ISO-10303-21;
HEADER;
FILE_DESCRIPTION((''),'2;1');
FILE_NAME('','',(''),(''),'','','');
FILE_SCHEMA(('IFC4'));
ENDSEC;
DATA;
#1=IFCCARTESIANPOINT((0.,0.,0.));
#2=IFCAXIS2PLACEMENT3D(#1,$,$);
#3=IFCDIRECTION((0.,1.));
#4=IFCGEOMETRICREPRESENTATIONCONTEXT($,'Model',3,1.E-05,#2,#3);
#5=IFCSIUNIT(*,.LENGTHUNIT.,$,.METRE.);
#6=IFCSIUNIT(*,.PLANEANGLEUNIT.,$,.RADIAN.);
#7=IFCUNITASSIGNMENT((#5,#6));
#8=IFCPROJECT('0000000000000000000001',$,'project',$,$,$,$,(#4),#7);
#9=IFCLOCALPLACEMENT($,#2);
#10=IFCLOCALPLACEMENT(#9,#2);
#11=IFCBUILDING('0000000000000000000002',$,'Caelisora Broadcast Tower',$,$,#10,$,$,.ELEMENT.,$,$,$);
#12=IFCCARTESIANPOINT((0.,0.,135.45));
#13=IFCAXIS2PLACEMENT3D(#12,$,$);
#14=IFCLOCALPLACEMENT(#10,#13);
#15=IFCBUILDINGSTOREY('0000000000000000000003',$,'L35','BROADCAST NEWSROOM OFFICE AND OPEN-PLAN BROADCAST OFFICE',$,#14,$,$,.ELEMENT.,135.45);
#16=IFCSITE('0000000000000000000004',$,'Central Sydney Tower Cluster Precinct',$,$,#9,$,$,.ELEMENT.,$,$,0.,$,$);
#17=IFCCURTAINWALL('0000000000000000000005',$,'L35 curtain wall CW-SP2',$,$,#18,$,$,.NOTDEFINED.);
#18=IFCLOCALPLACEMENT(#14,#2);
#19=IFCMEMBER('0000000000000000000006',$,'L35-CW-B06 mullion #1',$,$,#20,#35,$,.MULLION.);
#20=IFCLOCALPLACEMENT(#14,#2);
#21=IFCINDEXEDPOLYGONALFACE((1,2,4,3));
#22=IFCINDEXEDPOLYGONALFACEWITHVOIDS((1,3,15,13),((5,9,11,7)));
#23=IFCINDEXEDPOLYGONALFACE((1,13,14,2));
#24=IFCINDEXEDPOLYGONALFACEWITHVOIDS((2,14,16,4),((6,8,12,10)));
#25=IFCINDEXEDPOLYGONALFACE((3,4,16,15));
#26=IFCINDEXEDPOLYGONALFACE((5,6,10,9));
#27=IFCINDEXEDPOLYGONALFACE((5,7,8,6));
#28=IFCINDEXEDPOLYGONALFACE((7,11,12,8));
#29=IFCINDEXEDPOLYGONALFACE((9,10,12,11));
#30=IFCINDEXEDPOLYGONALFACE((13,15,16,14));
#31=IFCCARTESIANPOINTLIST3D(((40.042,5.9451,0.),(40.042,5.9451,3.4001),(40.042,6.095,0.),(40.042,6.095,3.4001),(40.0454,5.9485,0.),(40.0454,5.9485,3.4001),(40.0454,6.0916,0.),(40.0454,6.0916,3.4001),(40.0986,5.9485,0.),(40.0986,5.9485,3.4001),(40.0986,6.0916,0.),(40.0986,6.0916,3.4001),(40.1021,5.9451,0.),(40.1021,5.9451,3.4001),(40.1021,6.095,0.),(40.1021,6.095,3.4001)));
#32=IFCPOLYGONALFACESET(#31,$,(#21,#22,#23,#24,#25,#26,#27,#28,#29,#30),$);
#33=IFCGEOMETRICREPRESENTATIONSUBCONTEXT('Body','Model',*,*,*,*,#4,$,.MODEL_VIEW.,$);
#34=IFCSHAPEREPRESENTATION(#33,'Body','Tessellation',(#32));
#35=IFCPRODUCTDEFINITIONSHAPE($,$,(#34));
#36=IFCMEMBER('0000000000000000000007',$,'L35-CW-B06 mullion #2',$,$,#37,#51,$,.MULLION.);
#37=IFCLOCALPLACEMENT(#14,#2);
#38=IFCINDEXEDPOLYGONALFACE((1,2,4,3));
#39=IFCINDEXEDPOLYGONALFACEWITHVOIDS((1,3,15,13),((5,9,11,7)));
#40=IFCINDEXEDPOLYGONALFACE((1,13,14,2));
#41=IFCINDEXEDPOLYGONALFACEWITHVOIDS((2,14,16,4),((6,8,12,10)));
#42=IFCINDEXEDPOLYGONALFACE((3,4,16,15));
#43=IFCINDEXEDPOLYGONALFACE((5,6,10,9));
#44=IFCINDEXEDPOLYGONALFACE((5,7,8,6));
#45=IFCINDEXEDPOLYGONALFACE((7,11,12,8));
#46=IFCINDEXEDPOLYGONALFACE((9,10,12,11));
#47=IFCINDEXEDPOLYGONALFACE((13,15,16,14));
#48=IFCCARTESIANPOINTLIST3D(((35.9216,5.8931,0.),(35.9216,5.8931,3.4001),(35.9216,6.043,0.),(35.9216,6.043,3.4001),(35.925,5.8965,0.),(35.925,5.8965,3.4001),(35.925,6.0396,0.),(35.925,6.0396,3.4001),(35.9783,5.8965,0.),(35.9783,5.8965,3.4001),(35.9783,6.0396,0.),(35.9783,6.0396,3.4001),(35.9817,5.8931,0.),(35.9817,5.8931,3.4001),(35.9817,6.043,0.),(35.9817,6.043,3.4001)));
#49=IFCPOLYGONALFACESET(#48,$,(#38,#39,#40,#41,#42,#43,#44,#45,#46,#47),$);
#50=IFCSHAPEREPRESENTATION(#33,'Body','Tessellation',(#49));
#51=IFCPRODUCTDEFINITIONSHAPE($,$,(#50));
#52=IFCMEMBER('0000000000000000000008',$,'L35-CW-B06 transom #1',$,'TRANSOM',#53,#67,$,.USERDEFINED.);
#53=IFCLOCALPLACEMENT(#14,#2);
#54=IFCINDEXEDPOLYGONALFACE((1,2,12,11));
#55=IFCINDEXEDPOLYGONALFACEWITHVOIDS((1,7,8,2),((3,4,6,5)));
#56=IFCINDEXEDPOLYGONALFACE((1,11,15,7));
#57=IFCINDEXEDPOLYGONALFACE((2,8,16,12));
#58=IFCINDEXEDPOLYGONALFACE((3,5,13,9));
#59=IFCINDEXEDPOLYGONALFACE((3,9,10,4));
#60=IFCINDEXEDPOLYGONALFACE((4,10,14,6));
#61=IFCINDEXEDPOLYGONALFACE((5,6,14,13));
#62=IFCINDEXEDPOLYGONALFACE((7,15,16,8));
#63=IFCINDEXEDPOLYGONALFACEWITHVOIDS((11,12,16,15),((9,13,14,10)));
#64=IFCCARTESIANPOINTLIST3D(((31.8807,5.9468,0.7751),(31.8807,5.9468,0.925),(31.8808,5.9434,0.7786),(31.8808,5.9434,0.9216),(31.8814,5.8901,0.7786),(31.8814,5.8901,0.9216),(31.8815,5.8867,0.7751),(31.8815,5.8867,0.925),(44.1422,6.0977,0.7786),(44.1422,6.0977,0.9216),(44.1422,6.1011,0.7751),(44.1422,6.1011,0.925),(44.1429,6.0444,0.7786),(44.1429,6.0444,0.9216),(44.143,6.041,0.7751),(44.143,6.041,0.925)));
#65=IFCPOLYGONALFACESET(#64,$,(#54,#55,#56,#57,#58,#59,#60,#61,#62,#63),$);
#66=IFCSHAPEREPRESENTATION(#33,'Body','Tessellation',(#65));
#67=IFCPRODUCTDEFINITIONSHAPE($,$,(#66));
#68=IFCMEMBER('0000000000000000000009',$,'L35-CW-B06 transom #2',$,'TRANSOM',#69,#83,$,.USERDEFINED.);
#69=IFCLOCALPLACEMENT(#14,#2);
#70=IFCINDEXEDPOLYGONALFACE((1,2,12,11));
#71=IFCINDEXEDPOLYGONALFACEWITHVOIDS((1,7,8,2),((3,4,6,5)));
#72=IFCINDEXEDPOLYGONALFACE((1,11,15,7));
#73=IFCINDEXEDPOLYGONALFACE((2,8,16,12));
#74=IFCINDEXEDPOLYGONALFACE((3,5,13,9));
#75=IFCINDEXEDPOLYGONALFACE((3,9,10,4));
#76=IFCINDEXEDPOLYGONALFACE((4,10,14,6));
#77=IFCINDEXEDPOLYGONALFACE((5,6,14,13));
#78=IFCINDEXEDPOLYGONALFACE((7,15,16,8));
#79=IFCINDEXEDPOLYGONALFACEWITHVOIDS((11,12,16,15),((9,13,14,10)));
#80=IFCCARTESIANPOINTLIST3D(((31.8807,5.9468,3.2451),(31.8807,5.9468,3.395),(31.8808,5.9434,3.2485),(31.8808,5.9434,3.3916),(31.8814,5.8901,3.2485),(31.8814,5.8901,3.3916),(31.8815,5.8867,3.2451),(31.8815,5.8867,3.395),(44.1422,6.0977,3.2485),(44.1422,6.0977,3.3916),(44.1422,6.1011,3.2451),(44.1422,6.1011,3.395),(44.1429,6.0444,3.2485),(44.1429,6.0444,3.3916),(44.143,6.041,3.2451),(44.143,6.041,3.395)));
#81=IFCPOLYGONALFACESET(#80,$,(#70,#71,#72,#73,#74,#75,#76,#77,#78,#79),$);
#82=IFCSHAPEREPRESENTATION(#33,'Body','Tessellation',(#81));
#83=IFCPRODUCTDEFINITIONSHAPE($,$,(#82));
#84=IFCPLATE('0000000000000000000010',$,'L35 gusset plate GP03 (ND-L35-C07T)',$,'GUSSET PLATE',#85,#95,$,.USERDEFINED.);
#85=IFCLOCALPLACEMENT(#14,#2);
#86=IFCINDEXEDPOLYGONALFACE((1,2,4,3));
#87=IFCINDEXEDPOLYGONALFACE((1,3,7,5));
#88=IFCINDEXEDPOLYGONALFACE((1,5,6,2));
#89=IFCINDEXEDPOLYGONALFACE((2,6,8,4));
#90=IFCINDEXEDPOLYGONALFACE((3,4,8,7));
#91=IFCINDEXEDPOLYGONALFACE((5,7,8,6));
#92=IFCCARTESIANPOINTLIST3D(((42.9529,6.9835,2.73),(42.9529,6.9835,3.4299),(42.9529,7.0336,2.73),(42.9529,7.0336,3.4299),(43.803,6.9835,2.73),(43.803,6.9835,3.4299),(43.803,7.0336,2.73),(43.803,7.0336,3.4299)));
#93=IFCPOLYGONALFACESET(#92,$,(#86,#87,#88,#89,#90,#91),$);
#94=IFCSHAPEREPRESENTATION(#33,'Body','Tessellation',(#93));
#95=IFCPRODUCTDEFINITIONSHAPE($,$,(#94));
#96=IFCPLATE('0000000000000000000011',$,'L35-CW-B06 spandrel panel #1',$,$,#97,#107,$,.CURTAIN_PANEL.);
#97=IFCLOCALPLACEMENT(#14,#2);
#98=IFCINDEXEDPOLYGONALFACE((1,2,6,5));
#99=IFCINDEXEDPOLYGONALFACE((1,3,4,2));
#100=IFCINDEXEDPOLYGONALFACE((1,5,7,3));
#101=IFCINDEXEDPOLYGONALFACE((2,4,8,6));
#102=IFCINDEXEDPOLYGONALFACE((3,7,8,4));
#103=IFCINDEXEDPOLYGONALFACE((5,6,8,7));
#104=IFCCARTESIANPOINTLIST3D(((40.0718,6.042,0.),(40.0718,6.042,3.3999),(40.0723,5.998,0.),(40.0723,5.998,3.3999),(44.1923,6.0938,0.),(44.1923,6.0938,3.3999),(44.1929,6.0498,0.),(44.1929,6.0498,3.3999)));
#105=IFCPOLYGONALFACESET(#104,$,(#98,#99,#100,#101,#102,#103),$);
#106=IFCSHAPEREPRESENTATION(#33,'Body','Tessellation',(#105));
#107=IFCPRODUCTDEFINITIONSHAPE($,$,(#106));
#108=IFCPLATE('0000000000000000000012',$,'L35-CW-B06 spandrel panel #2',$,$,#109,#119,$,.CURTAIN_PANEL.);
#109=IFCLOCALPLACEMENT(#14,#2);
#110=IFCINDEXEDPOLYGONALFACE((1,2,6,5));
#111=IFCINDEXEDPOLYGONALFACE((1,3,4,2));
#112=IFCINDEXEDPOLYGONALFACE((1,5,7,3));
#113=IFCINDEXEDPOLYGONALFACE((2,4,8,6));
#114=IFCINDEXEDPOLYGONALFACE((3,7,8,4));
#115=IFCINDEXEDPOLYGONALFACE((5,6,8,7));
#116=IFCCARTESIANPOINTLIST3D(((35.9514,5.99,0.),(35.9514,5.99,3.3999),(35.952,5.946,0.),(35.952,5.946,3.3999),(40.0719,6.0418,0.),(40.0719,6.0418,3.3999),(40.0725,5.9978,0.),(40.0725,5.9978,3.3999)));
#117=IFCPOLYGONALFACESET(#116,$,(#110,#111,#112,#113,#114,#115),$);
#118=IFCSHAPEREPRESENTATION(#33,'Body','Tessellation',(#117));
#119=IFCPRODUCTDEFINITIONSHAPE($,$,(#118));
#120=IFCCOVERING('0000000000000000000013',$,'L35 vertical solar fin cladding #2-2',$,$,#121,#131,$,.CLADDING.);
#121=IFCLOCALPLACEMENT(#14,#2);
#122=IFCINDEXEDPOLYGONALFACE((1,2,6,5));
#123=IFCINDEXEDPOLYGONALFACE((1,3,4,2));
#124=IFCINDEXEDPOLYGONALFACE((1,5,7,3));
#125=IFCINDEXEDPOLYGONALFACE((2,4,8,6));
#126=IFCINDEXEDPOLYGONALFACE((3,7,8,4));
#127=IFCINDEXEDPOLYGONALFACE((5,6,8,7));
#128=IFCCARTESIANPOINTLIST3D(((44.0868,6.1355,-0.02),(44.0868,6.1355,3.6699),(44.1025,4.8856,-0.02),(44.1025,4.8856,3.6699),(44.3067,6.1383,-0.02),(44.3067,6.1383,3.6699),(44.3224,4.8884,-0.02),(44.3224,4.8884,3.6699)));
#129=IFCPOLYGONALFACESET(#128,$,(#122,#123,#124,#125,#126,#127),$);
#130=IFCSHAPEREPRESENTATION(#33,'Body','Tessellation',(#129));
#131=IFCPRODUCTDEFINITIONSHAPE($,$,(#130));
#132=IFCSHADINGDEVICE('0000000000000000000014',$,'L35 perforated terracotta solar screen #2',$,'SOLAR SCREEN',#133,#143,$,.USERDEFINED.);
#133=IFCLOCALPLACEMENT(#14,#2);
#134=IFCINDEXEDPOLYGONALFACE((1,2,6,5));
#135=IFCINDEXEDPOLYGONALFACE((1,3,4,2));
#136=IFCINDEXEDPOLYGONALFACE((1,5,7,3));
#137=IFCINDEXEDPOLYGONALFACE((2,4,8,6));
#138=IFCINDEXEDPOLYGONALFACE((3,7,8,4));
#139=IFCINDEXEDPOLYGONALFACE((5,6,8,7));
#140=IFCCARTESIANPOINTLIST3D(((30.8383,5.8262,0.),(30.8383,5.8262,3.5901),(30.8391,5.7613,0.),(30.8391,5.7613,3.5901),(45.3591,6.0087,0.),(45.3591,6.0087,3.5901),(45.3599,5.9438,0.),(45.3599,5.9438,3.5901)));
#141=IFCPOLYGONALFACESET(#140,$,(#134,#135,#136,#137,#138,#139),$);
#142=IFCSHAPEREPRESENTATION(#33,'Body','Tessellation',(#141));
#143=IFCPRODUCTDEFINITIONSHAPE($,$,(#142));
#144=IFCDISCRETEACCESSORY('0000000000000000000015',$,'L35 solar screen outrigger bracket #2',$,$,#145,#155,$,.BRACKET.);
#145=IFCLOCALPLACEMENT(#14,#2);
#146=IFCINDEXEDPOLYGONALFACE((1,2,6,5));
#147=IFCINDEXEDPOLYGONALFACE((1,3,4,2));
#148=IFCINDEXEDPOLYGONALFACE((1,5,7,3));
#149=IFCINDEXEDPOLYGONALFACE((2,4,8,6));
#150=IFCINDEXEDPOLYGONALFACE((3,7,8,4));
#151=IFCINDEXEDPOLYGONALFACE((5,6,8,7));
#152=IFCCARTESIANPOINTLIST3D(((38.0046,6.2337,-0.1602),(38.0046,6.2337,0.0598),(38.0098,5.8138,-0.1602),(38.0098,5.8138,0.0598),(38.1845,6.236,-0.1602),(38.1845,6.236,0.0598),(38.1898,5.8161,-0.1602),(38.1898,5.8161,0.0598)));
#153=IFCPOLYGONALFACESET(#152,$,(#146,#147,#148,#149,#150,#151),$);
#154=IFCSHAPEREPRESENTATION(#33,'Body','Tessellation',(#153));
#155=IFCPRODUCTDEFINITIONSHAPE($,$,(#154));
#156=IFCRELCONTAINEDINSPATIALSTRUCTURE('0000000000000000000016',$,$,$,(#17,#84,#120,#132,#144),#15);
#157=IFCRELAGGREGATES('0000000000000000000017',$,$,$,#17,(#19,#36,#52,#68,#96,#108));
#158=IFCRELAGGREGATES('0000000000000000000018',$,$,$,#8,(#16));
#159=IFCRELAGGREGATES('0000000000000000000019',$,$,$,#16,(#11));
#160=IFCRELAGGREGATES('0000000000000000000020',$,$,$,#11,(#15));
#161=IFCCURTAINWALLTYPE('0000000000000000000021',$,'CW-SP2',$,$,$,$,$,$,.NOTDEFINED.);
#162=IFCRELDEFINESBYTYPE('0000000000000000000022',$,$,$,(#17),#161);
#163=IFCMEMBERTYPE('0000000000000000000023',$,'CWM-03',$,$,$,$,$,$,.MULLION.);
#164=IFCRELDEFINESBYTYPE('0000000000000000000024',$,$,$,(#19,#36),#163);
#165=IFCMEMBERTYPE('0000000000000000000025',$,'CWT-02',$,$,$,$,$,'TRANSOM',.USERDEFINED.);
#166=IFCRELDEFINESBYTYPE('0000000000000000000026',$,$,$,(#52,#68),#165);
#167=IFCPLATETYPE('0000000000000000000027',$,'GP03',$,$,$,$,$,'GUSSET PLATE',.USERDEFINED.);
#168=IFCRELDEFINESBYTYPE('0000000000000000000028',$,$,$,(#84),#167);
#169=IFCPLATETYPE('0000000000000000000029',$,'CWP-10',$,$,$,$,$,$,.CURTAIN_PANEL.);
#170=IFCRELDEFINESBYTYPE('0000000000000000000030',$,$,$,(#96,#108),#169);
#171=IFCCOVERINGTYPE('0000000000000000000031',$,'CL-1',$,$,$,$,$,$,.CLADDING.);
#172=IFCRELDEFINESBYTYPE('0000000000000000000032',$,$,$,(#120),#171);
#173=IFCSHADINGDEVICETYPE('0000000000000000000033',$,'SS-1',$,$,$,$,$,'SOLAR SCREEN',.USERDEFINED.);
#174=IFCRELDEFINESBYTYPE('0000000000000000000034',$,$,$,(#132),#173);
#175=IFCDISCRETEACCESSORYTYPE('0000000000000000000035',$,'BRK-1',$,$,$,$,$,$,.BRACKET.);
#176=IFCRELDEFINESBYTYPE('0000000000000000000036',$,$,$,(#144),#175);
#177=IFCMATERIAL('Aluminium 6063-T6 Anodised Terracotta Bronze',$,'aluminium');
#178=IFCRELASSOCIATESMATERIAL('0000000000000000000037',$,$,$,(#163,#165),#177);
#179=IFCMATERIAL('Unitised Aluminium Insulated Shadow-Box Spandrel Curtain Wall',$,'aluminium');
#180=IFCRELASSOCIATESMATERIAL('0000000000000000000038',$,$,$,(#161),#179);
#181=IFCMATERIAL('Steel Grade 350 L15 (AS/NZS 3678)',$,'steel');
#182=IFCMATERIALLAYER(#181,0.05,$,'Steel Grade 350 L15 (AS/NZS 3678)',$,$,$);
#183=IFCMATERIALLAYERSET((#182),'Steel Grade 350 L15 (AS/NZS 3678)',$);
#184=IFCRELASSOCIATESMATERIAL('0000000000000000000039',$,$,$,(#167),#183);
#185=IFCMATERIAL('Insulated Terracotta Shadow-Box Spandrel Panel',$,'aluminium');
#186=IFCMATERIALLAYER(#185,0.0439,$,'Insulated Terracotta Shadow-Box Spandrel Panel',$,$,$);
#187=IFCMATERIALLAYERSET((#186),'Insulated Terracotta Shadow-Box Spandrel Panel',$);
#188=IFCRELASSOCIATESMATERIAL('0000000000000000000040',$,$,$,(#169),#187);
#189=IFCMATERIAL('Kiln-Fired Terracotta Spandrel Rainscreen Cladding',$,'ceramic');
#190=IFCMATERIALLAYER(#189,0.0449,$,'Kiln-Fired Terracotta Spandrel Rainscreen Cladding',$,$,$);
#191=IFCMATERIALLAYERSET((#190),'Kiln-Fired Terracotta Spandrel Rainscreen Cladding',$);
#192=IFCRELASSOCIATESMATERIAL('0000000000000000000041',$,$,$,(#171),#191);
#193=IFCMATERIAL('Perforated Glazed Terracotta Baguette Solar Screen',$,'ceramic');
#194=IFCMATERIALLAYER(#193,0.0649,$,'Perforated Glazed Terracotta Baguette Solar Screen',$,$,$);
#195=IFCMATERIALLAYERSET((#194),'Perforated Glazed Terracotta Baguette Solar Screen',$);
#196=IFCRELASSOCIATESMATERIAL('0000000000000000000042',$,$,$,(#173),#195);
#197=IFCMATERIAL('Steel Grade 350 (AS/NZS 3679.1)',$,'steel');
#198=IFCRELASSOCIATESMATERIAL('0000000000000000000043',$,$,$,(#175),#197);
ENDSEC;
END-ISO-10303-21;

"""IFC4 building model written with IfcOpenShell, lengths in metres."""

from ifc_helpers import new_model, si_unit, direction, frame, origin, origin_2d, place, context, subcontext, project, spatial, rectangle, hollow_rectangle, extrude, source, transform, mapped, material, layer, layer_set, material_profile, profile_set, type_object, type_shapes, element, aggregate, save


model = new_model("IFC4")

# Units and contexts
model_context = context("Model", 3, precision=1e-05, world=origin(), true_north=direction((0.0, 1.0)))
body_context = subcontext(model_context, "Body", "Model", "MODEL_VIEW")
ifc_project = project(units=[si_unit("LENGTHUNIT", "METRE"), si_unit("PLANEANGLEUNIT", "RADIAN")], contexts=[model_context])

# Site, building, storey
site_placement = place(None, origin())
site = spatial("IfcSite", under=ifc_project, at=site_placement, Name="Central Sydney Tower Cluster Precinct", CompositionType="ELEMENT", RefElevation=0.0)
building_placement = place(site_placement, origin())
building = spatial("IfcBuilding", under=site, at=building_placement, Name="Caelisora Broadcast Tower", CompositionType="ELEMENT")
storey_placement = place(building_placement, frame((0.0, 0.0, 135.45)))
storey = spatial("IfcBuildingStorey", under=building, at=storey_placement, Name="L35", Description="BROADCAST NEWSROOM OFFICE AND OPEN-PLAN BROADCAST OFFICE", CompositionType="ELEMENT", Elevation=135.45)

# Shared definitions
ifc_material_1 = material(Name="Steel Grade 350 L15 (AS/NZS 3678)", Category="steel")

# Shared definitions
ifc_material_2 = material(Name="Steel Grade 350 (AS/NZS 3679.1)", Category="steel")

# Shared definitions
ifc_material_3 = material(Name="Aluminium 6063-T6 Anodised Terracotta Bronze", Category="aluminium")
ifc_material_profile_1 = material_profile(ifc_material_3, hollow_rectangle(XDim=0.0601, YDim=0.1499, WallThickness=0.0034, at=origin_2d()), Name="Aluminium 6063-T6 Anodised Terracotta Bronze")
ifc_profile_set_1 = profile_set([ifc_material_profile_1], Name="Aluminium 6063-T6 Anodised Terracotta Bronze")
member_type_1 = type_object("IfcMemberType", Name="CWM-03", PredefinedType="MULLION", material=ifc_profile_set_1)
shared_shape_1 = source(origin(), body_context, "Body", "SweptSolid", [
    extrude(hollow_rectangle(XDim=0.0601, YDim=0.1499, WallThickness=0.0034, at=origin_2d()), origin(), (0.0, 0.0, 1.0), 3.4001),
])
type_shapes(member_type_1, [shared_shape_1])

# Curtain wall, members
ifc_material_4 = material(Name="Unitised Aluminium Insulated Shadow-Box Spandrel Curtain Wall", Category="aluminium")
curtain_wall_type_1 = type_object("IfcCurtainWallType", Name="CW-SP2", PredefinedType="NOTDEFINED", material=ifc_material_4)
curtain_wall_1_placement = place(storey_placement, origin())
curtain_wall_1 = element("IfcCurtainWall", 1, at=curtain_wall_1_placement, inside=storey, type_object=curtain_wall_type_1, Name="L35 curtain wall CW-SP2", PredefinedType="NOTDEFINED")
member_1_placement = place(storey_placement, frame((40.072, 6.02, 0.0), z_axis=(0.0, 0.0, 1.0), x_axis=(1.0, 0.0, 0.0)))
member_1 = element("IfcMember", 2, at=member_1_placement, type_object=member_type_1, Name="L35-CW-B06 mullion #1", PredefinedType="MULLION", context=body_context, shape_type="MappedRepresentation", body=[
    mapped(shared_shape_1, transform((0.0, 0.0, 0.0), scale=1.0)),
])
member_2_placement = place(storey_placement, frame((35.9517, 5.968, 0.0), z_axis=(0.0, 0.0, 1.0), x_axis=(1.0, 0.0, 0.0)))
member_2 = element("IfcMember", 3, at=member_2_placement, type_object=member_type_1, Name="L35-CW-B06 mullion #2", PredefinedType="MULLION", context=body_context, shape_type="MappedRepresentation", body=[
    mapped(shared_shape_1, transform((0.0, 0.0, 0.0), scale=1.0)),
])
ifc_material_profile_2 = material_profile(ifc_material_3, hollow_rectangle(XDim=0.0601, YDim=0.1499, WallThickness=0.0034, at=origin_2d()), Name="Aluminium 6063-T6 Anodised Terracotta Bronze")
ifc_profile_set_2 = profile_set([ifc_material_profile_2], Name="Aluminium 6063-T6 Anodised Terracotta Bronze")
member_type_2 = type_object("IfcMemberType", Name="CWT-02", ElementType="TRANSOM", PredefinedType="USERDEFINED", material=ifc_profile_set_2)
shared_shape_2 = source(origin(), body_context, "Body", "SweptSolid", [
    extrude(hollow_rectangle(XDim=0.0601, YDim=0.1499, WallThickness=0.0034, at=origin_2d()), origin(), (0.0, 0.0, 1.0), 12.2625),
])
type_shapes(member_type_2, [shared_shape_2])
member_3_placement = place(storey_placement, frame((44.1426, 6.071, 0.8501), z_axis=(-0.999921, -0.012583, 0.0), x_axis=(0.012583, -0.999921, 0.0)))
member_3 = element("IfcMember", 4, at=member_3_placement, type_object=member_type_2, Name="L35-CW-B06 transom #1", ObjectType="TRANSOM", PredefinedType="USERDEFINED", context=body_context, shape_type="MappedRepresentation", body=[
    mapped(shared_shape_2, transform((0.0, 0.0, 0.0), scale=1.0)),
])
member_4_placement = place(storey_placement, frame((44.1426, 6.071, 3.3201), z_axis=(-0.999921, -0.012583, 0.0), x_axis=(0.012583, -0.999921, 0.0)))
member_4 = element("IfcMember", 5, at=member_4_placement, type_object=member_type_2, Name="L35-CW-B06 transom #2", ObjectType="TRANSOM", PredefinedType="USERDEFINED", context=body_context, shape_type="MappedRepresentation", body=[
    mapped(shared_shape_2, transform((0.0, 0.0, 0.0), scale=1.0)),
])

# Plates
ifc_layer_1 = layer(ifc_material_1, 0.05, Name="Steel Grade 350 L15 (AS/NZS 3678)")
ifc_layer_set_1 = layer_set([ifc_layer_1], Name="Steel Grade 350 L15 (AS/NZS 3678)")
plate_type_1 = type_object("IfcPlateType", Name="GP03", ElementType="GUSSET PLATE", PredefinedType="USERDEFINED", material=ifc_layer_set_1)
shared_shape_3 = source(origin(), body_context, "Body", "SweptSolid", [
    extrude(rectangle(XDim=0.8501, YDim=0.05, at=origin_2d()), origin(), (0.0, 0.0, 1.0), 0.7),
])
type_shapes(plate_type_1, [shared_shape_3])
plate_1_placement = place(storey_placement, frame((43.3779, 7.0085, 2.73), z_axis=(0.0, 0.0, 1.0), x_axis=(1.0, 0.0, 0.0)))
element("IfcPlate", 6, at=plate_1_placement, inside=storey, type_object=plate_type_1, Name="L35 gusset plate GP03 (ND-L35-C07T)", ObjectType="GUSSET PLATE", PredefinedType="USERDEFINED", context=body_context, shape_type="MappedRepresentation", body=[
    mapped(shared_shape_3, transform((0.0, 0.0, 0.0), scale=1.0)),
])
ifc_material_5 = material(Name="Insulated Terracotta Shadow-Box Spandrel Panel", Category="aluminium")
ifc_layer_2 = layer(ifc_material_5, 0.0439, Name="Insulated Terracotta Shadow-Box Spandrel Panel")
ifc_layer_set_2 = layer_set([ifc_layer_2], Name="Insulated Terracotta Shadow-Box Spandrel Panel")
plate_type_2 = type_object("IfcPlateType", Name="CWP-10", PredefinedType="CURTAIN_PANEL", material=ifc_layer_set_2)
shared_shape_4 = source(origin(), body_context, "Body", "SweptSolid", [
    extrude(rectangle(XDim=4.1208, YDim=0.0439, at=origin_2d()), origin(), (0.0, 0.0, 1.0), 3.3999),
])
type_shapes(plate_type_2, [shared_shape_4])
plate_2_placement = place(storey_placement, frame((42.1323, 6.0459, 0.0), z_axis=(0.0, 0.0, 1.0), x_axis=(-0.999921, -0.012566, 0.0)))
plate_2 = element("IfcPlate", 7, at=plate_2_placement, type_object=plate_type_2, Name="L35-CW-B06 spandrel panel #1", PredefinedType="CURTAIN_PANEL", context=body_context, shape_type="MappedRepresentation", body=[
    mapped(shared_shape_4, transform((0.0, 0.0, 0.0), scale=1.0)),
])
plate_3_placement = place(storey_placement, frame((38.012, 5.9939, 0.0), z_axis=(0.0, 0.0, 1.0), x_axis=(-0.999921, -0.012566, 0.0)))
plate_3 = element("IfcPlate", 8, at=plate_3_placement, type_object=plate_type_2, Name="L35-CW-B06 spandrel panel #2", PredefinedType="CURTAIN_PANEL", context=body_context, shape_type="MappedRepresentation", body=[
    mapped(shared_shape_4, transform((0.0, 0.0, 0.0), scale=1.0)),
])
aggregate(curtain_wall_1, [member_1, member_2, member_3, member_4, plate_2, plate_3])

# Covering
ifc_material_6 = material(Name="Kiln-Fired Terracotta Spandrel Rainscreen Cladding", Category="ceramic")
ifc_layer_3 = layer(ifc_material_6, 0.0449, Name="Kiln-Fired Terracotta Spandrel Rainscreen Cladding")
ifc_layer_set_3 = layer_set([ifc_layer_3], Name="Kiln-Fired Terracotta Spandrel Rainscreen Cladding")
covering_type = type_object("IfcCoveringType", Name="CL-1", PredefinedType="CLADDING", material=ifc_layer_set_3)
shared_shape_5 = source(origin(), body_context, "Body", "SweptSolid", [
    extrude(rectangle(XDim=0.22, YDim=1.25, at=origin_2d()), origin(), (0.0, 0.0, 1.0), 3.6899),
])
type_shapes(covering_type, [shared_shape_5])
covering_placement = place(storey_placement, frame((44.2046, 5.512, -0.02), z_axis=(0.0, 0.0, 1.0), x_axis=(-0.999921, -0.012566, 0.0)))
element("IfcCovering", 9, at=covering_placement, inside=storey, type_object=covering_type, Name="L35 vertical solar fin cladding #2-2", PredefinedType="CLADDING", context=body_context, shape_type="MappedRepresentation", body=[
    mapped(shared_shape_5, transform((0.0, 0.0, 0.0), scale=1.0)),
])

# Shading device
ifc_material_7 = material(Name="Perforated Glazed Terracotta Baguette Solar Screen", Category="ceramic")
ifc_layer_4 = layer(ifc_material_7, 0.0649, Name="Perforated Glazed Terracotta Baguette Solar Screen")
ifc_layer_set_4 = layer_set([ifc_layer_4], Name="Perforated Glazed Terracotta Baguette Solar Screen")
shading_device_type = type_object("IfcShadingDeviceType", Name="SS-1", ElementType="SOLAR SCREEN", PredefinedType="USERDEFINED", material=ifc_layer_set_4)
shared_shape_6 = source(origin(), body_context, "Body", "SweptSolid", [
    extrude(rectangle(XDim=14.522, YDim=0.0649, at=origin_2d()), origin(), (0.0, 0.0, 1.0), 3.5901),
])
type_shapes(shading_device_type, [shared_shape_6])
shading_device_placement = place(storey_placement, frame((38.0991, 5.885, 0.0), z_axis=(0.0, 0.0, 1.0), x_axis=(0.999921, 0.012566, 0.0)))
element("IfcShadingDevice", 10, at=shading_device_placement, inside=storey, type_object=shading_device_type, Name="L35 perforated terracotta solar screen #2", ObjectType="SOLAR SCREEN", PredefinedType="USERDEFINED", context=body_context, shape_type="MappedRepresentation", body=[
    mapped(shared_shape_6, transform((0.0, 0.0, 0.0), scale=1.0)),
])

# Discrete accessory
discrete_accessory_type = type_object("IfcDiscreteAccessoryType", Name="BRK-1", PredefinedType="BRACKET", material=ifc_material_2)
shared_shape_7 = source(origin(), body_context, "Body", "SweptSolid", [
    extrude(rectangle(XDim=0.1799, YDim=0.4199, at=origin_2d()), origin(), (0.0, 0.0, 1.0), 0.22),
])
type_shapes(discrete_accessory_type, [shared_shape_7])
discrete_accessory_placement = place(storey_placement, frame((38.0972, 6.0249, -0.1602), z_axis=(0.0, 0.0, 1.0), x_axis=(0.999921, 0.012566, 0.0)))
element("IfcDiscreteAccessory", 11, at=discrete_accessory_placement, inside=storey, type_object=discrete_accessory_type, Name="L35 solar screen outrigger bracket #2", PredefinedType="BRACKET", context=body_context, shape_type="MappedRepresentation", body=[
    mapped(shared_shape_7, transform((0.0, 0.0, 0.0), scale=1.0)),
])

save(model, "model.ifc")
